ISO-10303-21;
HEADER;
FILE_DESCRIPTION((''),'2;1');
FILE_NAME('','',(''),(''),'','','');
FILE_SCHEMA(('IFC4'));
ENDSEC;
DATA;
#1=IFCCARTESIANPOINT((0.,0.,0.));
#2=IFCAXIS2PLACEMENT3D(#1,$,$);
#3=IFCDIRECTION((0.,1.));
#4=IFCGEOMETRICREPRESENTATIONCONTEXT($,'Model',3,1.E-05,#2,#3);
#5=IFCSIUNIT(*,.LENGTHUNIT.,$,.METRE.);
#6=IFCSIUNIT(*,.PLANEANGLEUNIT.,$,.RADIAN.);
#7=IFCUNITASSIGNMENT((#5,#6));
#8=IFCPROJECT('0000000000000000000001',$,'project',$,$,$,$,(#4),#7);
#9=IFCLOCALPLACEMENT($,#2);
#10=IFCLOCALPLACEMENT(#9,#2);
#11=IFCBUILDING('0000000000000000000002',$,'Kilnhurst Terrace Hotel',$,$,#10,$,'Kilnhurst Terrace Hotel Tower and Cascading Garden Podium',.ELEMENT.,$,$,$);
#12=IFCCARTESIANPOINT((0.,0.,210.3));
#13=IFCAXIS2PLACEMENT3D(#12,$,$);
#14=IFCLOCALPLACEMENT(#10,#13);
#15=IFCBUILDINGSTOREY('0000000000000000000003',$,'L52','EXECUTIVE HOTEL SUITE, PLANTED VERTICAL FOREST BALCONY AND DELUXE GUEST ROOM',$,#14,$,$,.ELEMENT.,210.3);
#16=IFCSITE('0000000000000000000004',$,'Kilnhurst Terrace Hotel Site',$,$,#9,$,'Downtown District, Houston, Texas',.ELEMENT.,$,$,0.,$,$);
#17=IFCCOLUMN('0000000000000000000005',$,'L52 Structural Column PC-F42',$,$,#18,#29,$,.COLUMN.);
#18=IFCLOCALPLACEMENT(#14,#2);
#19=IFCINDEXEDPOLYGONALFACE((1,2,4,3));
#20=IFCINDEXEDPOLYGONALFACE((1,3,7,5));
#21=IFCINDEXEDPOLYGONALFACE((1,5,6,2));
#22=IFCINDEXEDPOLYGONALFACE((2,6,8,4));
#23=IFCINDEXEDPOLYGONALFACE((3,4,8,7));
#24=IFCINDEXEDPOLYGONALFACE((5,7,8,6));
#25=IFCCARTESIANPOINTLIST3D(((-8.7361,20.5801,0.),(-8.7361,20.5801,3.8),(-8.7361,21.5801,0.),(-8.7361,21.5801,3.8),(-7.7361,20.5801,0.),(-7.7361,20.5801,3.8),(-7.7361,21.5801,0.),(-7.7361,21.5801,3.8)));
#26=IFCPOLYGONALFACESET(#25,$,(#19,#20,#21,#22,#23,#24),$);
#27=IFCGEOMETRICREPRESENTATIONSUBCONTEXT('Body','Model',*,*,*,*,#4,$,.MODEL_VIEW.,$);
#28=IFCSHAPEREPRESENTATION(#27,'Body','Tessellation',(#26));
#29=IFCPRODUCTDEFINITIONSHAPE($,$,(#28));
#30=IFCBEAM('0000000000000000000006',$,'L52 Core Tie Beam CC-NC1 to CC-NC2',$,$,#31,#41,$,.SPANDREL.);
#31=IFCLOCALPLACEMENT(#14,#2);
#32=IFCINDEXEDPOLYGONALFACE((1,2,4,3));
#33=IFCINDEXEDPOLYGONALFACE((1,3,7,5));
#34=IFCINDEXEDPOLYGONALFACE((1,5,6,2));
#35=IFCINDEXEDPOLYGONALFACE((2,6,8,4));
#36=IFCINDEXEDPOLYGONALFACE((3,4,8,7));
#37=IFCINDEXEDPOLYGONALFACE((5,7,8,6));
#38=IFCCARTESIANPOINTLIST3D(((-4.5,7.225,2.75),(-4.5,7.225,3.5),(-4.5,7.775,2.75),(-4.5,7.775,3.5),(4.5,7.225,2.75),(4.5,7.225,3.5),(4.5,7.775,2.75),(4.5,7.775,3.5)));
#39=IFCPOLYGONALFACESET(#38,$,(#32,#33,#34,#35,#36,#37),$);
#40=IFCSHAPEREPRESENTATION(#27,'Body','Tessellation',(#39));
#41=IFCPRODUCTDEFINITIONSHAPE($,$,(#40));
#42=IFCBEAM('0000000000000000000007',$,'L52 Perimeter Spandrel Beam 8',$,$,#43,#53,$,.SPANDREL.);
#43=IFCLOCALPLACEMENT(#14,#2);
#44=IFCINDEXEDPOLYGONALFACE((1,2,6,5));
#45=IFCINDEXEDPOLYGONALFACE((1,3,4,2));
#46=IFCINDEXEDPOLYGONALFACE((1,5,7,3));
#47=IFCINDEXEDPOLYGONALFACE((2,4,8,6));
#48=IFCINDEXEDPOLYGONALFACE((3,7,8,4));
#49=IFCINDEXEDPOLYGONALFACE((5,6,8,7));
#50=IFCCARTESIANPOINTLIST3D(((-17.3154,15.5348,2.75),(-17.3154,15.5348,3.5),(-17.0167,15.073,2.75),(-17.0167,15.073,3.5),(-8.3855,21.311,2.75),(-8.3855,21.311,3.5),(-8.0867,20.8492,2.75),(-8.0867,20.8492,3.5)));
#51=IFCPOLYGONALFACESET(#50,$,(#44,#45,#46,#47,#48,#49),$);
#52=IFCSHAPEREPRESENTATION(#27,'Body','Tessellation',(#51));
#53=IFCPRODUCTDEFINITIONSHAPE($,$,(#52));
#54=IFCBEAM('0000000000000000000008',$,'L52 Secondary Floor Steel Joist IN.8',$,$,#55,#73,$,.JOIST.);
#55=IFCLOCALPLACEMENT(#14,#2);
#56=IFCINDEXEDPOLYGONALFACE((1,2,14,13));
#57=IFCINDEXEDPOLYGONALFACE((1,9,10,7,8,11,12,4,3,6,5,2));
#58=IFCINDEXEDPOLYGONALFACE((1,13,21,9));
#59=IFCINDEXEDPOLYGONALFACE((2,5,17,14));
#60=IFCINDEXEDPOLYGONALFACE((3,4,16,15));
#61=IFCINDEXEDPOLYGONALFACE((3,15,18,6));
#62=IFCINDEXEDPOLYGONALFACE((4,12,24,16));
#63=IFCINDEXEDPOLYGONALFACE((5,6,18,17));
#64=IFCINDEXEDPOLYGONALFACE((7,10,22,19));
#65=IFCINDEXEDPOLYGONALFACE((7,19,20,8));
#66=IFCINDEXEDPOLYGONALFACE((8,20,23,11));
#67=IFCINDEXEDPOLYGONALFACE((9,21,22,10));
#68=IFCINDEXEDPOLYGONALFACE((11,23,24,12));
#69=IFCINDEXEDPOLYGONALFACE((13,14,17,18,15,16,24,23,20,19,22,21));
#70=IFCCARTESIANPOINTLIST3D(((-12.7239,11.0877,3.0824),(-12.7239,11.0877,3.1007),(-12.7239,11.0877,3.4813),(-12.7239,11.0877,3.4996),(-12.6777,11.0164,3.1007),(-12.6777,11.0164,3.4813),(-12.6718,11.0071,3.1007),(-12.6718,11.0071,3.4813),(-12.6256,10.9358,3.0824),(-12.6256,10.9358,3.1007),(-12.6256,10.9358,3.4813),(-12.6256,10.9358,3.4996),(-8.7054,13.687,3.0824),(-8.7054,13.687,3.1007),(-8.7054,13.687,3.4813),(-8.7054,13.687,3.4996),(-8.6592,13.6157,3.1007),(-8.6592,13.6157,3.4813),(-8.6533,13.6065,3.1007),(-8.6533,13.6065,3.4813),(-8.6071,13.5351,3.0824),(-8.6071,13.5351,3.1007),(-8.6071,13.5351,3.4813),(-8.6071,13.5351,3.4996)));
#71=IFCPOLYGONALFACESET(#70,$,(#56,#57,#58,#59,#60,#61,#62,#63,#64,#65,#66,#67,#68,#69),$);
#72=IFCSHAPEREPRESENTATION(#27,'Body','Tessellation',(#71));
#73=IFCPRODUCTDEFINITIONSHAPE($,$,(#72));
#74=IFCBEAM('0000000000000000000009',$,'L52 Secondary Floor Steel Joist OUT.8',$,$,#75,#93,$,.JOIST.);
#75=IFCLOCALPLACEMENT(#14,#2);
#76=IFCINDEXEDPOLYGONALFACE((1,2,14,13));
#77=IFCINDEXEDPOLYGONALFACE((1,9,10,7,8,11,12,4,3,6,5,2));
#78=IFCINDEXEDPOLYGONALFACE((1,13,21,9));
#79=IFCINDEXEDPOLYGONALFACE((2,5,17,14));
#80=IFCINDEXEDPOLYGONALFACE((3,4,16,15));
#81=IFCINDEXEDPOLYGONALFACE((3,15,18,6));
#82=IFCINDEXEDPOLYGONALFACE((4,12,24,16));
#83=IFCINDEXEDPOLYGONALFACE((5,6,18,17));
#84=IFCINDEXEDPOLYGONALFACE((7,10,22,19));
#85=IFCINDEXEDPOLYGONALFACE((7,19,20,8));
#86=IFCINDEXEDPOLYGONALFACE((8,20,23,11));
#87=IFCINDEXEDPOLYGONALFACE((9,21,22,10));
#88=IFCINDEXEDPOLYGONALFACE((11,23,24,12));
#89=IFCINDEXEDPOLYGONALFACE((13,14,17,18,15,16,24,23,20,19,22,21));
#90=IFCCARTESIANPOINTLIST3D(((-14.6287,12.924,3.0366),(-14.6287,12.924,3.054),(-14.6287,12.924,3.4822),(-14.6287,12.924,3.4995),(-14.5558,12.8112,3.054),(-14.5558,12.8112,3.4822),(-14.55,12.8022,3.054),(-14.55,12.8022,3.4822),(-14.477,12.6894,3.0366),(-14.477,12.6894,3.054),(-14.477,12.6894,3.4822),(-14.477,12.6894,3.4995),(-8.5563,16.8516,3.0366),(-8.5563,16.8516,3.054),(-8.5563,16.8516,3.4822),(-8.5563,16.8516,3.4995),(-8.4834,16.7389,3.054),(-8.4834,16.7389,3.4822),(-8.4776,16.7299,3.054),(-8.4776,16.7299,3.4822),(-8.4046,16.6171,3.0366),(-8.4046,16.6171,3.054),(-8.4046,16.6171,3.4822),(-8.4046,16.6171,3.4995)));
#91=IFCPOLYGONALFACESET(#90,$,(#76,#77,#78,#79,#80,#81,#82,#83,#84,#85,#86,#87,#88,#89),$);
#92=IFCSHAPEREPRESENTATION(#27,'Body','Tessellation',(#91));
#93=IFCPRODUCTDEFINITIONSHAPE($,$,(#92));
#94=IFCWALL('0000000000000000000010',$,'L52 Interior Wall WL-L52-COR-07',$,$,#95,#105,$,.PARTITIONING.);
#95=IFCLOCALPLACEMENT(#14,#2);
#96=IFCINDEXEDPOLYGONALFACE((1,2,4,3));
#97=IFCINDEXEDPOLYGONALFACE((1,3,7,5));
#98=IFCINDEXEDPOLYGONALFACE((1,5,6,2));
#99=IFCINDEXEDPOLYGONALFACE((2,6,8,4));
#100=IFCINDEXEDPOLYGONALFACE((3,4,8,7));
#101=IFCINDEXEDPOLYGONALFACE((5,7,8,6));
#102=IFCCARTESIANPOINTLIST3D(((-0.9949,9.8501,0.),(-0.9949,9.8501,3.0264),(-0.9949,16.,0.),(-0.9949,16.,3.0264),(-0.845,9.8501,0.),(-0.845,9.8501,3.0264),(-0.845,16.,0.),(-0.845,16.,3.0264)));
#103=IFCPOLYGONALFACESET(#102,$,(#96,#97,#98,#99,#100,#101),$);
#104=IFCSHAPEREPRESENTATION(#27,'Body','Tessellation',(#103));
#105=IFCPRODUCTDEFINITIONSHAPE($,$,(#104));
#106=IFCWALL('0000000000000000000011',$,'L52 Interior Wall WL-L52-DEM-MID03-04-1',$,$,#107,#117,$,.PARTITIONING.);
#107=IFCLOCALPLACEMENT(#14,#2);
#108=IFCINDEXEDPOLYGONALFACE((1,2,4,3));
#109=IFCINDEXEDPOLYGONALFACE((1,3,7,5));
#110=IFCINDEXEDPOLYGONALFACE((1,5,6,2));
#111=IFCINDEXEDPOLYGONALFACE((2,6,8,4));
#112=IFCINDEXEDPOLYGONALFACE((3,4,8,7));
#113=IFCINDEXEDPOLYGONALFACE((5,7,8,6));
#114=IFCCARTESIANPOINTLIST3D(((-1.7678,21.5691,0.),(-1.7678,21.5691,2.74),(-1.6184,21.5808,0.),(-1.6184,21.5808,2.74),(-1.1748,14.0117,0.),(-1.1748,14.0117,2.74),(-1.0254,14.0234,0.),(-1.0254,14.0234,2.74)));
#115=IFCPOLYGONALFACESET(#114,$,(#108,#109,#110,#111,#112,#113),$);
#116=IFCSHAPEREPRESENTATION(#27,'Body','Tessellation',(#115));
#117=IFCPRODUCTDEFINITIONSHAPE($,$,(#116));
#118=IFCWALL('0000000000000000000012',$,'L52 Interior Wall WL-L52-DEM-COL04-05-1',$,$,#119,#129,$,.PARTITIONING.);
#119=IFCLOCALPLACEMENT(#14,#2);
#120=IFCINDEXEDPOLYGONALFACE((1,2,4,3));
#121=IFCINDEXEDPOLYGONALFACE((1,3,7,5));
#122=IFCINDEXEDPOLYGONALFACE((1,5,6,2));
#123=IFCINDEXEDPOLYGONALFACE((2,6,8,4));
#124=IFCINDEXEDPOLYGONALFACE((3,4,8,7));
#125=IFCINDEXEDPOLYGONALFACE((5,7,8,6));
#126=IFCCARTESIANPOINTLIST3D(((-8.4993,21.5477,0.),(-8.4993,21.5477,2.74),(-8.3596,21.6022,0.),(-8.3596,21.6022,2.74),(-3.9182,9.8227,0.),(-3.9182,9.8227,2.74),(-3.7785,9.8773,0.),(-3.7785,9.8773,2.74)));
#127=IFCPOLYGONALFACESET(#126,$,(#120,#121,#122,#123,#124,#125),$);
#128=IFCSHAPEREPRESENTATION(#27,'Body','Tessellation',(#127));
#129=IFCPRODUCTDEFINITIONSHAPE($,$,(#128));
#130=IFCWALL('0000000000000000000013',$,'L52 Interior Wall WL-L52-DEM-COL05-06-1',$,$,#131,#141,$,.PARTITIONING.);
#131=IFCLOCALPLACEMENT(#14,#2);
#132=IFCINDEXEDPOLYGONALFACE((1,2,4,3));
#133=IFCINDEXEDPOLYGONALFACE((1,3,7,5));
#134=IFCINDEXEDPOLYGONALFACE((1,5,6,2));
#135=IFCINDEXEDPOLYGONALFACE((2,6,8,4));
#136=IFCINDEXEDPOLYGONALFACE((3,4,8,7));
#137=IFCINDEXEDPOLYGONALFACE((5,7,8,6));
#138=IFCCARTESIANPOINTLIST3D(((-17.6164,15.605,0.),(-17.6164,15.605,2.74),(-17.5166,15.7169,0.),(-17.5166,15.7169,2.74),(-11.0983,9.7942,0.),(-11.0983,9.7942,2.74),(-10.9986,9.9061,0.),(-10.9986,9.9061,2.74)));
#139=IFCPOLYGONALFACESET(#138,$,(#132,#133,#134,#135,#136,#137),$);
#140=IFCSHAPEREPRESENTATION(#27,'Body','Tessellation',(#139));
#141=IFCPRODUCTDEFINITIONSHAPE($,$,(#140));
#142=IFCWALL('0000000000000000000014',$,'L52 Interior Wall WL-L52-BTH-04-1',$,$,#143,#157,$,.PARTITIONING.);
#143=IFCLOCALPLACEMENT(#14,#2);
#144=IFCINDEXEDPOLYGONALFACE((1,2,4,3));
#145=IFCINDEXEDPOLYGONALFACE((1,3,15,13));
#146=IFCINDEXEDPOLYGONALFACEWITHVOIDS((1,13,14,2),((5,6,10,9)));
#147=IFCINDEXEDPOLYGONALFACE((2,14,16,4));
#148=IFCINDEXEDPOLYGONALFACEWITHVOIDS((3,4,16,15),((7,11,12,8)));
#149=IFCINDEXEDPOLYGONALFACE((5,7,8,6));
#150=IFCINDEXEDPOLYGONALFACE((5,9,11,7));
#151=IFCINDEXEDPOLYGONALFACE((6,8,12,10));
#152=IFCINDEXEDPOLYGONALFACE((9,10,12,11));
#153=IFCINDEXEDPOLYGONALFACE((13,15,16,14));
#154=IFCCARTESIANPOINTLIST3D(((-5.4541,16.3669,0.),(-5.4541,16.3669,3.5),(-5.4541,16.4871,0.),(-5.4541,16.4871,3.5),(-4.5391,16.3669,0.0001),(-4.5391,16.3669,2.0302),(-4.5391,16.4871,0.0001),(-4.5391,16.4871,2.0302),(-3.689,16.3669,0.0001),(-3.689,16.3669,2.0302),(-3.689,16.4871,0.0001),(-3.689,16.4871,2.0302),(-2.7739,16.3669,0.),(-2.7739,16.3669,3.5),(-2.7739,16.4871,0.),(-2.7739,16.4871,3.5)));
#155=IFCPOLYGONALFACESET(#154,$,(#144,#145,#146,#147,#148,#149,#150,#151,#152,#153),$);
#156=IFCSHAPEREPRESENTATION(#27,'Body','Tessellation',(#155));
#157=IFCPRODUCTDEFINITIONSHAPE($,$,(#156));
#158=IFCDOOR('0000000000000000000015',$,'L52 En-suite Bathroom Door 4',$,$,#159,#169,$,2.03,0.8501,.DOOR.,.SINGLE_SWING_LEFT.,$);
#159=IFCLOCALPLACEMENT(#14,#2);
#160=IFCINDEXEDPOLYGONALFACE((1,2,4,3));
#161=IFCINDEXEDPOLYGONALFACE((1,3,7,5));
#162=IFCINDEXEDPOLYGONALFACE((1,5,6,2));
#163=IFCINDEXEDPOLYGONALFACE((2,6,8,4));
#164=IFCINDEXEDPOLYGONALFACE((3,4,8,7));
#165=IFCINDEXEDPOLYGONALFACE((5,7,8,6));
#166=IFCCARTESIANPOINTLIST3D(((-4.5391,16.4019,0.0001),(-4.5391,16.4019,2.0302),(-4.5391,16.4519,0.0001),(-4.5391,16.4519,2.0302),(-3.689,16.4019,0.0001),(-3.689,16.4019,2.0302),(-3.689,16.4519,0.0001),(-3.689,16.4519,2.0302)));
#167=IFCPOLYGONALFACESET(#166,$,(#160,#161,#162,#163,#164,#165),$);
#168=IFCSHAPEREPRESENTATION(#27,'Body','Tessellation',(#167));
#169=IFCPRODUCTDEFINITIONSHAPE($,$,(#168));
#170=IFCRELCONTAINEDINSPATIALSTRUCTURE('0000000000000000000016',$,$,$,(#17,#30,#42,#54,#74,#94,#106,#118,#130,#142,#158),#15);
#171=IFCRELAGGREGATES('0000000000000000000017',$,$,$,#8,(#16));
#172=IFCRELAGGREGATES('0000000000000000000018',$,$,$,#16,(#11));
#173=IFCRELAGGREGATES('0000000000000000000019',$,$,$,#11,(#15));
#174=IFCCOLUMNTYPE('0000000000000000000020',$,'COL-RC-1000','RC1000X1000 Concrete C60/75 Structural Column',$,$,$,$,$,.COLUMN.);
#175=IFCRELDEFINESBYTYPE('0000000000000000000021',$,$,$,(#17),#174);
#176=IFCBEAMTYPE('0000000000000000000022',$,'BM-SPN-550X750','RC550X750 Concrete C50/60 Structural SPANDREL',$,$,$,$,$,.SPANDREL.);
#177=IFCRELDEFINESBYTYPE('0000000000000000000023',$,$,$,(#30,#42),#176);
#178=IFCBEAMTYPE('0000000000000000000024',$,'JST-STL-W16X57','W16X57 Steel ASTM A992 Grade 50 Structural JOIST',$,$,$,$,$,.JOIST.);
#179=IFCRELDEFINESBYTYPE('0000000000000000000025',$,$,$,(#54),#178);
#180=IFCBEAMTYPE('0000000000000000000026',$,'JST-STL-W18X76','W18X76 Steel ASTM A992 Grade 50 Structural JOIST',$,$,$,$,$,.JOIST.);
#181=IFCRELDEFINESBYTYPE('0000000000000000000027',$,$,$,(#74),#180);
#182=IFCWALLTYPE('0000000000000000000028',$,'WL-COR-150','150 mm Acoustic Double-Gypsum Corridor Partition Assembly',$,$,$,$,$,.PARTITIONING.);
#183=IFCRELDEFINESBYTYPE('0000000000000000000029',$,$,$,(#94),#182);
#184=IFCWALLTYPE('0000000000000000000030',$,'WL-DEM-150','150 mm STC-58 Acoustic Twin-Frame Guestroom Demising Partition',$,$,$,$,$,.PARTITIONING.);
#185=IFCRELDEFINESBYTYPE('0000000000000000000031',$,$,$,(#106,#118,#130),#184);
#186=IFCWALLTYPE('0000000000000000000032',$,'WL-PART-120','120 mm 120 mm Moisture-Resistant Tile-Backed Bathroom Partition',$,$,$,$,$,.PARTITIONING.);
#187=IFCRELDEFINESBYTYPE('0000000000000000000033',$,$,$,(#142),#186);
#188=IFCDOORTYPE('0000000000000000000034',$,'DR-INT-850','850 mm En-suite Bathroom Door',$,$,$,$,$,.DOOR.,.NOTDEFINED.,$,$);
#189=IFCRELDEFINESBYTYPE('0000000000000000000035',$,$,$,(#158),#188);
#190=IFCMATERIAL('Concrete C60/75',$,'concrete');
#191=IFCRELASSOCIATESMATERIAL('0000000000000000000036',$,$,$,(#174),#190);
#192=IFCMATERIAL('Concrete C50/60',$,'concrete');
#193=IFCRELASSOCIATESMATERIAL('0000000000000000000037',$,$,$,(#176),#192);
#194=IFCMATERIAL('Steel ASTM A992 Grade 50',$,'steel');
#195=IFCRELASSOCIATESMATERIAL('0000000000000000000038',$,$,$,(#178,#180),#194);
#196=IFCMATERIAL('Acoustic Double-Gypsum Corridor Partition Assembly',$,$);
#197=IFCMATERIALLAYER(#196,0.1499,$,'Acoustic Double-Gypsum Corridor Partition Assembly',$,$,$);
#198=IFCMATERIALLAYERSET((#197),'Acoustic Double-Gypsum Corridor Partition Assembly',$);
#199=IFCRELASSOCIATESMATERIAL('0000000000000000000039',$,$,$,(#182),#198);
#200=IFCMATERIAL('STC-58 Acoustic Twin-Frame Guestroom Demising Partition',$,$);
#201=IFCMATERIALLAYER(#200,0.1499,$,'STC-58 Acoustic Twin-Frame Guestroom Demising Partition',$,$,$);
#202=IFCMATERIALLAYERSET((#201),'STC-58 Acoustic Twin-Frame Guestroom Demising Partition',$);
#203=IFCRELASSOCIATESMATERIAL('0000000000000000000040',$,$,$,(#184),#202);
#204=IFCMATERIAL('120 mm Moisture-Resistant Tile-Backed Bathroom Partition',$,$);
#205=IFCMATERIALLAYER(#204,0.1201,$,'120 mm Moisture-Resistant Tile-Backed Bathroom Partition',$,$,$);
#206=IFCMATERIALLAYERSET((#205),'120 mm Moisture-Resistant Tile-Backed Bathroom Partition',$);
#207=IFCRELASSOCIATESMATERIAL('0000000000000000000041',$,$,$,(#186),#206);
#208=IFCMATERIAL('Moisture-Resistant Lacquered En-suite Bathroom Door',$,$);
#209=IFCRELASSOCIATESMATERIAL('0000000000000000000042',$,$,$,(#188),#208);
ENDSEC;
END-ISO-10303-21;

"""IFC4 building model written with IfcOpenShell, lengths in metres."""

from ifc_helpers import new_model, si_unit, direction, frame, frame_2d, origin, origin_2d, place, context, subcontext, project, spatial, rectangle, i_section, extrude, material, layer, layer_set, material_profile, profile_set, type_object, element, fill, save


model = new_model("IFC4")

# Units and contexts
model_context = context("Model", 3, precision=1e-05, world=origin(), true_north=direction((0.0, 1.0)))
body_context = subcontext(model_context, "Body", "Model", "MODEL_VIEW")
ifc_project = project(units=[si_unit("LENGTHUNIT", "METRE"), si_unit("PLANEANGLEUNIT", "RADIAN")], contexts=[model_context])

# Site, building, storey
site_placement = place(None, origin())
site = spatial("IfcSite", under=ifc_project, at=site_placement, Name="Kilnhurst Terrace Hotel Site", LongName="Downtown District, Houston, Texas", CompositionType="ELEMENT", RefElevation=0.0)
building_placement = place(site_placement, origin())
building = spatial("IfcBuilding", under=site, at=building_placement, Name="Kilnhurst Terrace Hotel", LongName="Kilnhurst Terrace Hotel Tower and Cascading Garden Podium", CompositionType="ELEMENT")
storey_placement = place(building_placement, frame((0.0, 0.0, 210.3)))
storey = spatial("IfcBuildingStorey", under=building, at=storey_placement, Name="L52", Description="EXECUTIVE HOTEL SUITE, PLANTED VERTICAL FOREST BALCONY AND DELUXE GUEST ROOM", CompositionType="ELEMENT", Elevation=210.3)

# Column
ifc_material_1 = material(Name="Concrete C60/75", Category="concrete")
ifc_material_profile_1 = material_profile(ifc_material_1, rectangle(XDim=1.0, YDim=1.0, at=origin_2d()), Name="RC1000X1000")
ifc_profile_set_1 = profile_set([ifc_material_profile_1], Name="Concrete C60/75")
column_type = type_object("IfcColumnType", Name="COL-RC-1000", Description="RC1000X1000 Concrete C60/75 Structural Column", PredefinedType="COLUMN", material=ifc_profile_set_1)
column_placement = place(storey_placement, frame((-8.2361, 21.0801, 0.0), z_axis=(0.0, 0.0, 1.0), x_axis=(1.0, 0.0, 0.0)))
element("IfcColumn", 1, at=column_placement, inside=storey, type_object=column_type, Name="L52 Structural Column PC-F42", PredefinedType="COLUMN", context=body_context, shape_type="SweptSolid", body=[
    extrude(rectangle(XDim=1.0, YDim=1.0, at=origin_2d()), origin(), (0.0, 0.0, 1.0), 3.8),
])

# Beams
ifc_material_2 = material(Name="Concrete C50/60", Category="concrete")
ifc_material_profile_2 = material_profile(ifc_material_2, rectangle(XDim=0.55, YDim=0.75, at=origin_2d()), Name="RC550X750")
ifc_profile_set_2 = profile_set([ifc_material_profile_2], Name="Concrete C50/60")
beam_type_1 = type_object("IfcBeamType", Name="BM-SPN-550X750", Description="RC550X750 Concrete C50/60 Structural SPANDREL", PredefinedType="SPANDREL", material=ifc_profile_set_2)
beam_1_placement = place(storey_placement, frame((-4.5, 7.5, 3.125), z_axis=(1.0, 0.0, 0.0), x_axis=(0.0, 1.0, 0.0)))
element("IfcBeam", 2, at=beam_1_placement, inside=storey, type_object=beam_type_1, Name="L52 Core Tie Beam CC-NC1 to CC-NC2", PredefinedType="SPANDREL", context=body_context, shape_type="SweptSolid", body=[
    extrude(rectangle(XDim=0.55, YDim=0.75, at=origin_2d()), origin(), (0.0, 0.0, 1.0), 9.0),
])
beam_2_placement = place(storey_placement, frame((-8.2361, 21.0801, 3.125), z_axis=(-0.839659, -0.543114, 0.0), x_axis=(0.543114, -0.839659, 0.0)))
element("IfcBeam", 3, at=beam_2_placement, inside=storey, type_object=beam_type_1, Name="L52 Perimeter Spandrel Beam 8", PredefinedType="SPANDREL", context=body_context, shape_type="SweptSolid", body=[
    extrude(rectangle(XDim=0.55, YDim=0.75, at=origin_2d()), origin(), (0.0, 0.0, 1.0), 10.6353),
])
ifc_material_3 = material(Name="Steel ASTM A992 Grade 50", Category="steel")
ifc_material_profile_3 = material_profile(ifc_material_3, i_section(OverallWidth=0.1809, OverallDepth=0.4172, WebThickness=0.011, FlangeThickness=0.0183, at=origin_2d()), Name="W16X57")
ifc_profile_set_3 = profile_set([ifc_material_profile_3], Name="Steel ASTM A992 Grade 50")
beam_type_2 = type_object("IfcBeamType", Name="JST-STL-W16X57", Description="W16X57 Steel ASTM A992 Grade 50 Structural JOIST", PredefinedType="JOIST", material=ifc_profile_set_3)
beam_3_placement = place(storey_placement, frame((-8.6562, 13.6111, 3.291), z_axis=(-0.839654, -0.543122, 0.0), x_axis=(0.543122, -0.839654, 0.0)))
element("IfcBeam", 4, at=beam_3_placement, inside=storey, type_object=beam_type_2, Name="L52 Secondary Floor Steel Joist IN.8", PredefinedType="JOIST", context=body_context, shape_type="SweptSolid", body=[
    extrude(i_section(OverallWidth=0.1809, OverallDepth=0.4172, WebThickness=0.011, FlangeThickness=0.0183, at=origin_2d()), origin(), (0.0, 0.0, 1.0), 4.7859),
])
ifc_material_profile_4 = material_profile(ifc_material_3, i_section(OverallWidth=0.2793, OverallDepth=0.4629, WebThickness=0.0107, FlangeThickness=0.0173, at=origin_2d()), Name="W18X76")
ifc_profile_set_4 = profile_set([ifc_material_profile_4], Name="Steel ASTM A992 Grade 50")
beam_type_3 = type_object("IfcBeamType", Name="JST-STL-W18X76", Description="W18X76 Steel ASTM A992 Grade 50 Structural JOIST", PredefinedType="JOIST", material=ifc_profile_set_4)
beam_4_placement = place(storey_placement, frame((-8.4805, 16.7344, 3.2681), z_axis=(-0.839667, -0.543101, 0.0), x_axis=(0.543101, -0.839667, 0.0)))
element("IfcBeam", 5, at=beam_4_placement, inside=storey, type_object=beam_type_3, Name="L52 Secondary Floor Steel Joist OUT.8", PredefinedType="JOIST", context=body_context, shape_type="SweptSolid", body=[
    extrude(i_section(OverallWidth=0.2793, OverallDepth=0.4629, WebThickness=0.0107, FlangeThickness=0.0173, at=origin_2d()), origin(), (0.0, 0.0, 1.0), 7.2319),
])

# Walls
ifc_material_4 = material(Name="Acoustic Double-Gypsum Corridor Partition Assembly")
ifc_layer_1 = layer(ifc_material_4, 0.1499, Name="Acoustic Double-Gypsum Corridor Partition Assembly")
ifc_layer_set_1 = layer_set([ifc_layer_1], Name="Acoustic Double-Gypsum Corridor Partition Assembly")
wall_type_1 = type_object("IfcWallType", Name="WL-COR-150", Description="150 mm Acoustic Double-Gypsum Corridor Partition Assembly", PredefinedType="PARTITIONING", material=ifc_layer_set_1)
wall_1_placement = place(storey_placement, frame((-0.9199, 9.8501, 0.0), z_axis=(0.0, 0.0, 1.0), x_axis=(0.0, 1.0, 0.0)))
element("IfcWall", 6, at=wall_1_placement, inside=storey, type_object=wall_type_1, Name="L52 Interior Wall WL-L52-COR-07", PredefinedType="PARTITIONING", context=body_context, shape_type="SweptSolid", body=[
    extrude(rectangle(XDim=6.1499, YDim=0.1499, at=frame_2d((3.075, 0.0))), origin(), (0.0, 0.0, 1.0), 3.0264),
])
ifc_material_5 = material(Name="STC-58 Acoustic Twin-Frame Guestroom Demising Partition")
ifc_layer_2 = layer(ifc_material_5, 0.1499, Name="STC-58 Acoustic Twin-Frame Guestroom Demising Partition")
ifc_layer_set_2 = layer_set([ifc_layer_2], Name="STC-58 Acoustic Twin-Frame Guestroom Demising Partition")
wall_type_2 = type_object("IfcWallType", Name="WL-DEM-150", Description="150 mm STC-58 Acoustic Twin-Frame Guestroom Demising Partition", PredefinedType="PARTITIONING", material=ifc_layer_set_2)
wall_2_placement = place(storey_placement, frame((-1.1001, 14.0176, 0.0), z_axis=(0.0, 0.0, 1.0), x_axis=(-0.078228, 0.996935, 0.0)))
element("IfcWall", 7, at=wall_2_placement, inside=storey, type_object=wall_type_2, Name="L52 Interior Wall WL-L52-DEM-MID03-04-1", PredefinedType="PARTITIONING", context=body_context, shape_type="SweptSolid", body=[
    extrude(rectangle(XDim=7.5806, YDim=0.1499, at=frame_2d((3.7903, 0.0))), origin(), (0.0, 0.0, 1.0), 2.74),
])
wall_3_placement = place(storey_placement, frame((-3.8484, 9.8501, 0.0), z_axis=(0.0, 0.0, 1.0), x_axis=(-0.363922, 0.93143, 0.0)))
element("IfcWall", 8, at=wall_3_placement, inside=storey, type_object=wall_type_2, Name="L52 Interior Wall WL-L52-DEM-COL04-05-1", PredefinedType="PARTITIONING", context=body_context, shape_type="SweptSolid", body=[
    extrude(rectangle(XDim=12.5881, YDim=0.1499, at=frame_2d((6.2939, 0.0))), origin(), (0.0, 0.0, 1.0), 2.74),
])
wall_4_placement = place(storey_placement, frame((-11.0483, 9.8501, 0.0), z_axis=(0.0, 0.0, 1.0), x_axis=(-0.746444, 0.665448, 0.0)))
element("IfcWall", 9, at=wall_4_placement, inside=storey, type_object=wall_type_2, Name="L52 Interior Wall WL-L52-DEM-COL05-06-1", PredefinedType="PARTITIONING", context=body_context, shape_type="SweptSolid", body=[
    extrude(rectangle(XDim=8.7322, YDim=0.1499, at=frame_2d((4.3662, 0.0))), origin(), (0.0, 0.0, 1.0), 2.74),
])

# Wall, opening, door
ifc_material_6 = material(Name="120 mm Moisture-Resistant Tile-Backed Bathroom Partition")
ifc_layer_3 = layer(ifc_material_6, 0.1201, Name="120 mm Moisture-Resistant Tile-Backed Bathroom Partition")
ifc_layer_set_3 = layer_set([ifc_layer_3], Name="120 mm Moisture-Resistant Tile-Backed Bathroom Partition")
wall_type_3 = type_object("IfcWallType", Name="WL-PART-120", Description="120 mm 120 mm Moisture-Resistant Tile-Backed Bathroom Partition", PredefinedType="PARTITIONING", material=ifc_layer_set_3)
wall_5_placement = place(storey_placement, frame((-5.4541, 16.427, 0.0), z_axis=(0.0, 0.0, 1.0), x_axis=(1.0, 0.0, 0.0)))
wall_5 = element("IfcWall", 10, at=wall_5_placement, inside=storey, type_object=wall_type_3, Name="L52 Interior Wall WL-L52-BTH-04-1", PredefinedType="PARTITIONING", context=body_context, shape_type="SweptSolid", body=[
    extrude(rectangle(XDim=2.6802, YDim=0.1201, at=frame_2d((1.3401, 0.0))), origin(), (0.0, 0.0, 1.0), 3.5),
])
opening_placement = place(wall_5_placement, frame((0.915, 0.0, 0.0)))
opening = element("IfcOpeningElement", 11, at=opening_placement, cuts=wall_5, PredefinedType="OPENING", context=body_context, shape_type="SweptSolid", body=[
    extrude(rectangle(XDim=0.8501, YDim=2.03, at=frame_2d((0.425, 1.0151))), frame((0.0, 0.0701, 0.0), z_axis=(0.0, -1.0, 0.0), x_axis=(1.0, 0.0, 0.0)), (0.0, 0.0, 1.0), 0.1401),
])
ifc_material_7 = material(Name="Moisture-Resistant Lacquered En-suite Bathroom Door")
door_type = type_object("IfcDoorType", Name="DR-INT-850", Description="850 mm En-suite Bathroom Door", OperationType="NOTDEFINED", PredefinedType="DOOR", material=ifc_material_7)
door_placement = place(opening_placement, origin())
door = element("IfcDoor", 12, at=door_placement, inside=storey, type_object=door_type, Name="L52 En-suite Bathroom Door 4", OperationType="SINGLE_SWING_LEFT", OverallHeight=2.03, OverallWidth=0.8501, PredefinedType="DOOR", context=body_context, shape_type="SweptSolid", body=[
    extrude(rectangle(XDim=0.8501, YDim=2.03, at=frame_2d((0.425, 1.0151))), frame((0.0, 0.0249, 0.0), z_axis=(0.0, -1.0, 0.0), x_axis=(1.0, 0.0, 0.0)), (0.0, 0.0, 1.0), 0.05),
])
fill(opening, door)

save(model, "model.ifc")
